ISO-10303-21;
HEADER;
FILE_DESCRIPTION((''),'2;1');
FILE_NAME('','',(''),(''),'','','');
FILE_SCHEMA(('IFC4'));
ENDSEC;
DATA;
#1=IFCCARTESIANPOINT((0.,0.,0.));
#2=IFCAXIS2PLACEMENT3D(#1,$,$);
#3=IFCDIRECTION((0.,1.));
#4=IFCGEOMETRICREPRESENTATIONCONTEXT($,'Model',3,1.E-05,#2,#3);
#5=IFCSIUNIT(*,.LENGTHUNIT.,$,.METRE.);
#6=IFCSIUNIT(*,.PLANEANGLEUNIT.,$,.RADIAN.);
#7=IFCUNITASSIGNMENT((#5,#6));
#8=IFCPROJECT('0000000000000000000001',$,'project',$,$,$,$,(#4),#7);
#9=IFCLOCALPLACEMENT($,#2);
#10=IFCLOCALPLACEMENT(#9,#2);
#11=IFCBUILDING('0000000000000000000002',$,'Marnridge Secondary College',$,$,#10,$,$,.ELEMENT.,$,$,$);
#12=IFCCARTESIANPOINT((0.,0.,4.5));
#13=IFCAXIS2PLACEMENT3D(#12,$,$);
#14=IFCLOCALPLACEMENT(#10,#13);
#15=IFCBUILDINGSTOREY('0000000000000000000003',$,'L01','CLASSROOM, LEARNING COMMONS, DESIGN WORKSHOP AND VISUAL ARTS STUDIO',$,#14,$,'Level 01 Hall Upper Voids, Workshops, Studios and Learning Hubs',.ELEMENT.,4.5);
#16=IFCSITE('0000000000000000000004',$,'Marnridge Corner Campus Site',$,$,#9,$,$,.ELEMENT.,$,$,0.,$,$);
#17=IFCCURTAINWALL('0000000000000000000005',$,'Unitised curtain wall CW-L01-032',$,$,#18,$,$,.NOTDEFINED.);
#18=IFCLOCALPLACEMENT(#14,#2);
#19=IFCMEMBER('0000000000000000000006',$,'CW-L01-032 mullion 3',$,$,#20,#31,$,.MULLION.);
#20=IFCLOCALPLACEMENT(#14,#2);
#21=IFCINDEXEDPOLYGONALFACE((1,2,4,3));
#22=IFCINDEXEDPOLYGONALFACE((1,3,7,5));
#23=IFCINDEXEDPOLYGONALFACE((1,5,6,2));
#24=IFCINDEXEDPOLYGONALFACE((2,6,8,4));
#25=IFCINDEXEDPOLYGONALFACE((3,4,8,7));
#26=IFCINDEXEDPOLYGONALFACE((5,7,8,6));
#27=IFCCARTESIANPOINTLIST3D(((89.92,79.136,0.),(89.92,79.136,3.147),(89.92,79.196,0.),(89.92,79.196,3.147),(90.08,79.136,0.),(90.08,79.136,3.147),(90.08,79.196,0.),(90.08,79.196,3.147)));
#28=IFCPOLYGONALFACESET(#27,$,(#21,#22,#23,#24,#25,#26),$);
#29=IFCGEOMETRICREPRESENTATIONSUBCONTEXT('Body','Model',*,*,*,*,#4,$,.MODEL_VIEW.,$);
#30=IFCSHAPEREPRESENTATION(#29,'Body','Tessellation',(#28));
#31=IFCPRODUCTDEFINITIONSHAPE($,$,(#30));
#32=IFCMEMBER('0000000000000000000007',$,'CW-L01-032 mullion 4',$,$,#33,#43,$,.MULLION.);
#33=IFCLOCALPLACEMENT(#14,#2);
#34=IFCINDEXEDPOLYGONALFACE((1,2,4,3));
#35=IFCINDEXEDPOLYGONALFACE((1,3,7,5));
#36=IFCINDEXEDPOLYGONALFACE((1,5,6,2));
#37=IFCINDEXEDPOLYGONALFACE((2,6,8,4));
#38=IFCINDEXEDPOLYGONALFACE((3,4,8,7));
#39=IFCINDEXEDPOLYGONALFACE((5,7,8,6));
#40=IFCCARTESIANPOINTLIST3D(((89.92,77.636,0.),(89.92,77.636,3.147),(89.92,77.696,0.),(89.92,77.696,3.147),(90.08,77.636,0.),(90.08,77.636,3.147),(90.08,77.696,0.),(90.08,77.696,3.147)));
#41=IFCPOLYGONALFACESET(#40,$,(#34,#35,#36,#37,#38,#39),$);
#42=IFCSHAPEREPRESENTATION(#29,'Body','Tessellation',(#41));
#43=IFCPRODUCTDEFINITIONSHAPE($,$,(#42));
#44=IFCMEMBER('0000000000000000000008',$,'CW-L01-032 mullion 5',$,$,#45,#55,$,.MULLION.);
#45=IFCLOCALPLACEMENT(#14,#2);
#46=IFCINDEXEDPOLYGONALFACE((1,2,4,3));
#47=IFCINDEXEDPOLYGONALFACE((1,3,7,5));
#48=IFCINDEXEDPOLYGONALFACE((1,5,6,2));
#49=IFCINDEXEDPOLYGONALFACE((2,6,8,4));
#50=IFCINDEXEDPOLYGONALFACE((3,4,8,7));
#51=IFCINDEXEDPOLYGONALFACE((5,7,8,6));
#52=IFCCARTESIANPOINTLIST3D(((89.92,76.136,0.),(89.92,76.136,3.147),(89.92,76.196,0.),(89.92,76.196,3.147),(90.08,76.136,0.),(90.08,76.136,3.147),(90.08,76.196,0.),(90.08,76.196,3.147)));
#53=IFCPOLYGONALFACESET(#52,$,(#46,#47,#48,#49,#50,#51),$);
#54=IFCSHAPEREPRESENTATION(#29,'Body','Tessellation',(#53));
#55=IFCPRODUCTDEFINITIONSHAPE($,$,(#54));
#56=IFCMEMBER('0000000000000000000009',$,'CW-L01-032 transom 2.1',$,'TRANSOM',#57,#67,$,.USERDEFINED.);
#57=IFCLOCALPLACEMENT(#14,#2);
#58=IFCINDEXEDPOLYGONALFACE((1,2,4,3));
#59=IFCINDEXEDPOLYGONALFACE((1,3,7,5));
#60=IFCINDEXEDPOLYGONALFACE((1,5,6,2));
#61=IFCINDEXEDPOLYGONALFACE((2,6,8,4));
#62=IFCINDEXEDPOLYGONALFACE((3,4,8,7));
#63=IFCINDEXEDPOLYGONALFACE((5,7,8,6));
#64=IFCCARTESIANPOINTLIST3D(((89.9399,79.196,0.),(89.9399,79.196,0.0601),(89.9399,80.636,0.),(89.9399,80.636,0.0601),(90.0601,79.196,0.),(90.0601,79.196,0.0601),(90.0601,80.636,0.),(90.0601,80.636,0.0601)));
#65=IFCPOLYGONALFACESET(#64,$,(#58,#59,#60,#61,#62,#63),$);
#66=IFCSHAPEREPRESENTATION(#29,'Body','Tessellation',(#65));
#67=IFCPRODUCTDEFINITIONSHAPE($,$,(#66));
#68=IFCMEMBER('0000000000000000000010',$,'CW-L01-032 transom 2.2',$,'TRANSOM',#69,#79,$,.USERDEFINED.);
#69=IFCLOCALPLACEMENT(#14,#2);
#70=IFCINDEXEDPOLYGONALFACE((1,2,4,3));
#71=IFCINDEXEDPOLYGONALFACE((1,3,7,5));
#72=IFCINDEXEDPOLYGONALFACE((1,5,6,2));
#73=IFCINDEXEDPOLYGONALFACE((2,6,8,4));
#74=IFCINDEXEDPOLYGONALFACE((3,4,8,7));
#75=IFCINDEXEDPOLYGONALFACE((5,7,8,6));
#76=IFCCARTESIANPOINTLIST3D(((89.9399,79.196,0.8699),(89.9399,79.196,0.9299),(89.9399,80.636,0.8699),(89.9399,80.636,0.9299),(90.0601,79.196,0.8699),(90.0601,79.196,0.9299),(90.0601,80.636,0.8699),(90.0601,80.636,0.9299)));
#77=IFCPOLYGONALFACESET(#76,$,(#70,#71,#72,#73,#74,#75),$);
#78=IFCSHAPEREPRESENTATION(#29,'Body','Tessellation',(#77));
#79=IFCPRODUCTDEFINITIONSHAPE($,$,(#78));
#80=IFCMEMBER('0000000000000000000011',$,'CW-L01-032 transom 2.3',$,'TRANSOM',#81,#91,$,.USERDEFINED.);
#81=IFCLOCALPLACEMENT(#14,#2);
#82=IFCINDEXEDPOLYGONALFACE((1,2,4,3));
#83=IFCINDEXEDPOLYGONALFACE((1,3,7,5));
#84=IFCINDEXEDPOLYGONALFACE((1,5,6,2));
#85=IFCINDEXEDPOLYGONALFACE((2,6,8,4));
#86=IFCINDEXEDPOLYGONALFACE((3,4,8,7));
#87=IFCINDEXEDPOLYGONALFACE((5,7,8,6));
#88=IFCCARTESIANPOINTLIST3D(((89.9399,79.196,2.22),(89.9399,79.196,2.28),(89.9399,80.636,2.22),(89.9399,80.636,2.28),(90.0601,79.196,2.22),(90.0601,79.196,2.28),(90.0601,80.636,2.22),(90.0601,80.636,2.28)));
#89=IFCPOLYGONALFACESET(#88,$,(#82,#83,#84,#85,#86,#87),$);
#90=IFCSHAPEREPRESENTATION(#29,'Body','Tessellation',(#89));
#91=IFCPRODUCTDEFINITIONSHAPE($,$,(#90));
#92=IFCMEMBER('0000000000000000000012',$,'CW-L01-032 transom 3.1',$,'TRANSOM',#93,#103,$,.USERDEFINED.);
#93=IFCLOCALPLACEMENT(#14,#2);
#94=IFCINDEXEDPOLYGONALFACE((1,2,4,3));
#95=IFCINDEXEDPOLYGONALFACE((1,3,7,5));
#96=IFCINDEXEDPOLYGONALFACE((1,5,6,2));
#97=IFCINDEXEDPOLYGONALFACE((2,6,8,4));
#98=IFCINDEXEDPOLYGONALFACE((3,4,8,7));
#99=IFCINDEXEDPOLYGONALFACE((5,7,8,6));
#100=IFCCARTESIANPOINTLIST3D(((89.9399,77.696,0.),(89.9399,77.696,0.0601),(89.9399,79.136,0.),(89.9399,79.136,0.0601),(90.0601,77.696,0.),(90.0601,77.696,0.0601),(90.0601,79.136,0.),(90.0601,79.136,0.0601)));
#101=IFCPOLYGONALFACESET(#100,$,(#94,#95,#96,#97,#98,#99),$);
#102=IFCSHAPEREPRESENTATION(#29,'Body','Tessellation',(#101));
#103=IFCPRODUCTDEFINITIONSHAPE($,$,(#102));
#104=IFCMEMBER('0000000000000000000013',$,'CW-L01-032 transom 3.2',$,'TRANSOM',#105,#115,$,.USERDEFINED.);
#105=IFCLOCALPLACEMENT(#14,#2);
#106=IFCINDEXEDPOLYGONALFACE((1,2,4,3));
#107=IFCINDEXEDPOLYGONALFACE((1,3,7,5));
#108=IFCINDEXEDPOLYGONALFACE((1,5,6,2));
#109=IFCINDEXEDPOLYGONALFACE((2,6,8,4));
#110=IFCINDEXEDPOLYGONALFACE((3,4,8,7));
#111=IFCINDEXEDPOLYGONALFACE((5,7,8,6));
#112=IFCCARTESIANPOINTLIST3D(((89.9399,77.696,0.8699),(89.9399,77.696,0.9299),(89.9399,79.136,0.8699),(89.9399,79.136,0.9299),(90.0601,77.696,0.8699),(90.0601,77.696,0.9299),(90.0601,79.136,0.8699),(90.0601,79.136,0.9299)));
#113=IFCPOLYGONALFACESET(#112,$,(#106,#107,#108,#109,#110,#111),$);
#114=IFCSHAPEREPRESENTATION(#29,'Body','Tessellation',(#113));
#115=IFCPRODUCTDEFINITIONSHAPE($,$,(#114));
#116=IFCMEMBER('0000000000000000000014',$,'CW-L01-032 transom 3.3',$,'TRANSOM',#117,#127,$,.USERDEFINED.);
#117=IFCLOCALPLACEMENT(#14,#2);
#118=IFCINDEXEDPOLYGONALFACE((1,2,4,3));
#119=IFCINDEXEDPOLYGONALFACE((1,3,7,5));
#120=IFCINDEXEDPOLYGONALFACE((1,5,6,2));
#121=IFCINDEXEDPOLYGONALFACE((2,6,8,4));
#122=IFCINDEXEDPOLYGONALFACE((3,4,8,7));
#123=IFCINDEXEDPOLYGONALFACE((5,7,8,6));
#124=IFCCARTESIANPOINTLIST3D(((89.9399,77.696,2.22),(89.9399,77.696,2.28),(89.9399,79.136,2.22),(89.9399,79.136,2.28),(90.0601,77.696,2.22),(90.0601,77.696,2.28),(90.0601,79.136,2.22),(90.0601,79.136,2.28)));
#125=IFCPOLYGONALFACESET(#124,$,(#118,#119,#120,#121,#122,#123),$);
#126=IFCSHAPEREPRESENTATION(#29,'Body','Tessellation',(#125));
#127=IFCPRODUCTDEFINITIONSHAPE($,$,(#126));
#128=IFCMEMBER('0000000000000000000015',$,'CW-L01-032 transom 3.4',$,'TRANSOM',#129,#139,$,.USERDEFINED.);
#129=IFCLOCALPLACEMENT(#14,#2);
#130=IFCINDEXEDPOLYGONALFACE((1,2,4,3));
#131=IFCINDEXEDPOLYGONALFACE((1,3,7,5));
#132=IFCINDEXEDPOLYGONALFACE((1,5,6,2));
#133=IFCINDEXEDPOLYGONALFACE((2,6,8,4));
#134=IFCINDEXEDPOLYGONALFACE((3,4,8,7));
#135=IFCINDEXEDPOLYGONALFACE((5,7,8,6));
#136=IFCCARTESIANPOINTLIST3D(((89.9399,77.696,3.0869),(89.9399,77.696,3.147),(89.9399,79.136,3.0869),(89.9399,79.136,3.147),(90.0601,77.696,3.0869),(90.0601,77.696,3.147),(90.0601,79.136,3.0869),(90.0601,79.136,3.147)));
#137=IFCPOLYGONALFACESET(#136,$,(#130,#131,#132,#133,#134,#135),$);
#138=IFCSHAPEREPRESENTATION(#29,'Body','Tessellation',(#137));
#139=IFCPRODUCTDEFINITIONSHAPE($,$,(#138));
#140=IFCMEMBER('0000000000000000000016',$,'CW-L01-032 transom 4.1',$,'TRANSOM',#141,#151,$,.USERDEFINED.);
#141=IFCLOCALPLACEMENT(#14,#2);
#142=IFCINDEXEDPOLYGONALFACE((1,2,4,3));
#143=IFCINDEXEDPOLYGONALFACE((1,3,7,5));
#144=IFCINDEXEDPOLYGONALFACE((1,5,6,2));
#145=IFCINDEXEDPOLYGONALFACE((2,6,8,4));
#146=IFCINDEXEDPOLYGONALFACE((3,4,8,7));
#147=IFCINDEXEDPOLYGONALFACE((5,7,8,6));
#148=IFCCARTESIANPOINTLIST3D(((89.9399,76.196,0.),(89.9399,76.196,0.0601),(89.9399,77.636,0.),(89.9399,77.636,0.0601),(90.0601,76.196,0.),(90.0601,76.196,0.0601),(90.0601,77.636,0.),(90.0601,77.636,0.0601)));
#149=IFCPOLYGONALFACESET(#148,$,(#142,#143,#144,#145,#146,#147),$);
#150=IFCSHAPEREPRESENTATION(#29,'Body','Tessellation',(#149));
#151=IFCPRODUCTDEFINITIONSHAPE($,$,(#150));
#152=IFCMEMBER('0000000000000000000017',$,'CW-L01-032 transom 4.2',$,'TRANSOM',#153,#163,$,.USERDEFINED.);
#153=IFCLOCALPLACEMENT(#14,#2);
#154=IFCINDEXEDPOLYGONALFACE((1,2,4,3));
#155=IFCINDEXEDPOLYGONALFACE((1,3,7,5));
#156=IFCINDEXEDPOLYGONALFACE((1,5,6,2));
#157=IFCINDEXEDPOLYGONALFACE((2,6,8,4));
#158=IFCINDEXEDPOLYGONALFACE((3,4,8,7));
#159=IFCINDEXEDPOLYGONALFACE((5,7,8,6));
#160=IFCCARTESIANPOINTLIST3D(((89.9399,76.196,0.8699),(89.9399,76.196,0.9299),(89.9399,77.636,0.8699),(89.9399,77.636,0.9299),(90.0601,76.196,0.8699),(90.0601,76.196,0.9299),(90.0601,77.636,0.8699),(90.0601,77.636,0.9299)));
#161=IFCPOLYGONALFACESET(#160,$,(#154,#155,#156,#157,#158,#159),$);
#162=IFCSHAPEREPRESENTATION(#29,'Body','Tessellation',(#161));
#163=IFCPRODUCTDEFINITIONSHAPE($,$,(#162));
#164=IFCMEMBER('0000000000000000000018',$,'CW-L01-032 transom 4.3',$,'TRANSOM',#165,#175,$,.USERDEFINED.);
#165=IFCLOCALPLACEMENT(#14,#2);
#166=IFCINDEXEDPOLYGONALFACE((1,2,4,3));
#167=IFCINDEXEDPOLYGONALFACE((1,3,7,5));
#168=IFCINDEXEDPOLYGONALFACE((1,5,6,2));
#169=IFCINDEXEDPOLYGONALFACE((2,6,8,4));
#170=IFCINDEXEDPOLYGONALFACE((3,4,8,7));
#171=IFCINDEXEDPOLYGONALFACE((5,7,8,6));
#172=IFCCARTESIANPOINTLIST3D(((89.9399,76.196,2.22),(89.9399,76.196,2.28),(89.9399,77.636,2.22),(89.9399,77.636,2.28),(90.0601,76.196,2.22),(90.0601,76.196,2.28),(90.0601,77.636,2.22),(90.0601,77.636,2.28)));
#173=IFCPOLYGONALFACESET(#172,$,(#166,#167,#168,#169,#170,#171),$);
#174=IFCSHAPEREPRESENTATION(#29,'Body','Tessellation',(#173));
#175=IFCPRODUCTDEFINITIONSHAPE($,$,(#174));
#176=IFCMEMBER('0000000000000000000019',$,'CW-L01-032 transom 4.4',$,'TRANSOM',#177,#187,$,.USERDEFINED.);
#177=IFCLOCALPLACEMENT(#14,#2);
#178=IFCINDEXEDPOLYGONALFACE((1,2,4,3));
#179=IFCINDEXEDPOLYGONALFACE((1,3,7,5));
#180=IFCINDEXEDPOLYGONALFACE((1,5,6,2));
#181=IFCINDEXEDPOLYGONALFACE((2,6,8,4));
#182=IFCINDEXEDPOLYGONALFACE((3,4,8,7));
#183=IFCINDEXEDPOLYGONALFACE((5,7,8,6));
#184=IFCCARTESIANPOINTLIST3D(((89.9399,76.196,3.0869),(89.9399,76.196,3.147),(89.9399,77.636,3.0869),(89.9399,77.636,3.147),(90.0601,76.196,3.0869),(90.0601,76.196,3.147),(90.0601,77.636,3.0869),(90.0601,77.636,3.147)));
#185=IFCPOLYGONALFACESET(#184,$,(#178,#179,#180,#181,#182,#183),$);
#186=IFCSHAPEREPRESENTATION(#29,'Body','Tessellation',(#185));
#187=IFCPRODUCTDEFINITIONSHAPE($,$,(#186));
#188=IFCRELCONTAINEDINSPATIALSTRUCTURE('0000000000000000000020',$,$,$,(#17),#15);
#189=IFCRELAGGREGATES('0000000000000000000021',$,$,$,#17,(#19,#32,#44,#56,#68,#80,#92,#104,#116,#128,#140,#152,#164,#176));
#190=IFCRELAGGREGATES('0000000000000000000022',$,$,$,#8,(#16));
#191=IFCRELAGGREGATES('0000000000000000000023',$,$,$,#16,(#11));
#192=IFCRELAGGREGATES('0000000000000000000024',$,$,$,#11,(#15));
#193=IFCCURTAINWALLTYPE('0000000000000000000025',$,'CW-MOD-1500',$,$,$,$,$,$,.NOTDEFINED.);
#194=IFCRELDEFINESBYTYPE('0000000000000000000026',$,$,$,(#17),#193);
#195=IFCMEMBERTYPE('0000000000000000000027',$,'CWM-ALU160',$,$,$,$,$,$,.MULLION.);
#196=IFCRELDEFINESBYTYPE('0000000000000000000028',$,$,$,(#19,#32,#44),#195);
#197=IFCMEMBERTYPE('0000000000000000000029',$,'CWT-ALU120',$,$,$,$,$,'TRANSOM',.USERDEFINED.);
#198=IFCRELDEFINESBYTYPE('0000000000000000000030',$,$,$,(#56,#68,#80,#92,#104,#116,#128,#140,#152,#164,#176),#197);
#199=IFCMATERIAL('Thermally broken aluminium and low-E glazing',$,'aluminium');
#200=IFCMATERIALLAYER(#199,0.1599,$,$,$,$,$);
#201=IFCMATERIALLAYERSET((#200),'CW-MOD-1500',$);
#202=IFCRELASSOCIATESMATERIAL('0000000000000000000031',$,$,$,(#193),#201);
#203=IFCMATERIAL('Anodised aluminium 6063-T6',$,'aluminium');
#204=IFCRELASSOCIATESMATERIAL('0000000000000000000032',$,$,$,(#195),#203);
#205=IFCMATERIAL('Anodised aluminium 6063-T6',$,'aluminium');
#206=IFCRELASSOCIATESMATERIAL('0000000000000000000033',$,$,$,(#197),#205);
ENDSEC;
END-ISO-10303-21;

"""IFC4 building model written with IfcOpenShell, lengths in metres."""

from ifc_helpers import new_model, si_unit, direction, frame, origin, origin_2d, place, context, subcontext, project, spatial, rectangle, extrude, material, layer, layer_set, material_profile, profile_set, type_object, element, aggregate, save


model = new_model("IFC4")

# Units and contexts
model_context = context("Model", 3, precision=1e-05, world=origin(), true_north=direction((0.0, 1.0)))
body_context = subcontext(model_context, "Body", "Model", "MODEL_VIEW")
ifc_project = project(units=[si_unit("LENGTHUNIT", "METRE"), si_unit("PLANEANGLEUNIT", "RADIAN")], contexts=[model_context])

# Site, building, storey
site_placement = place(None, origin())
site = spatial("IfcSite", under=ifc_project, at=site_placement, Name="Marnridge Corner Campus Site", CompositionType="ELEMENT", RefElevation=0.0)
building_placement = place(site_placement, origin())
building = spatial("IfcBuilding", under=site, at=building_placement, Name="Marnridge Secondary College", CompositionType="ELEMENT")
storey_placement = place(building_placement, frame((0.0, 0.0, 4.5)))
storey = spatial("IfcBuildingStorey", under=building, at=storey_placement, Name="L01", Description="CLASSROOM, LEARNING COMMONS, DESIGN WORKSHOP AND VISUAL ARTS STUDIO", LongName="Level 01 Hall Upper Voids, Workshops, Studios and Learning Hubs", CompositionType="ELEMENT", Elevation=4.5)

# Curtain wall, members
ifc_material_1 = material(Name="Thermally broken aluminium and low-E glazing", Category="aluminium")
ifc_layer_1 = layer(ifc_material_1, 0.1599)
ifc_layer_set_1 = layer_set([ifc_layer_1], Name="CW-MOD-1500")
curtain_wall_type = type_object("IfcCurtainWallType", Name="CW-MOD-1500", PredefinedType="NOTDEFINED", material=ifc_layer_set_1)
curtain_wall_placement = place(storey_placement, origin())
curtain_wall = element("IfcCurtainWall", 1, at=curtain_wall_placement, inside=storey, type_object=curtain_wall_type, Name="Unitised curtain wall CW-L01-032", PredefinedType="NOTDEFINED")
ifc_material_2 = material(Name="Anodised aluminium 6063-T6", Category="aluminium")
ifc_material_profile_1 = material_profile(ifc_material_2, rectangle(XDim=0.0601, YDim=0.1599, at=origin_2d()), Name="ALU 60x160")
ifc_profile_set_1 = profile_set([ifc_material_profile_1], Name="Anodised aluminium 6063-T6")
member_type_1 = type_object("IfcMemberType", Name="CWM-ALU160", PredefinedType="MULLION", material=ifc_profile_set_1)
member_1_placement = place(storey_placement, frame((90.0, 79.166, 0.0), z_axis=(0.0, 0.0, 1.0), x_axis=(0.0, -1.0, 0.0)))
member_1 = element("IfcMember", 2, at=member_1_placement, type_object=member_type_1, Name="CW-L01-032 mullion 3", PredefinedType="MULLION", context=body_context, shape_type="SweptSolid", body=[
    extrude(rectangle(XDim=0.0601, YDim=0.1599, at=origin_2d()), origin(), (0.0, 0.0, 1.0), 3.147),
])
member_2_placement = place(storey_placement, frame((90.0, 77.666, 0.0), z_axis=(0.0, 0.0, 1.0), x_axis=(0.0, -1.0, 0.0)))
member_2 = element("IfcMember", 3, at=member_2_placement, type_object=member_type_1, Name="CW-L01-032 mullion 4", PredefinedType="MULLION", context=body_context, shape_type="SweptSolid", body=[
    extrude(rectangle(XDim=0.0601, YDim=0.1599, at=origin_2d()), origin(), (0.0, 0.0, 1.0), 3.147),
])
member_3_placement = place(storey_placement, frame((90.0, 76.166, 0.0), z_axis=(0.0, 0.0, 1.0), x_axis=(0.0, -1.0, 0.0)))
member_3 = element("IfcMember", 4, at=member_3_placement, type_object=member_type_1, Name="CW-L01-032 mullion 5", PredefinedType="MULLION", context=body_context, shape_type="SweptSolid", body=[
    extrude(rectangle(XDim=0.0601, YDim=0.1599, at=origin_2d()), origin(), (0.0, 0.0, 1.0), 3.147),
])
ifc_material_3 = material(Name="Anodised aluminium 6063-T6", Category="aluminium")
ifc_material_profile_2 = material_profile(ifc_material_3, rectangle(XDim=0.0601, YDim=0.1201, at=origin_2d()), Name="ALU 60x120")
ifc_profile_set_2 = profile_set([ifc_material_profile_2], Name="Anodised aluminium 6063-T6")
member_type_2 = type_object("IfcMemberType", Name="CWT-ALU120", ElementType="TRANSOM", PredefinedType="USERDEFINED", material=ifc_profile_set_2)
member_4_placement = place(storey_placement, frame((90.0, 80.636, 0.03), z_axis=(0.0, -1.0, 0.0), x_axis=(0.0, 0.0, 1.0)))
member_4 = element("IfcMember", 5, at=member_4_placement, type_object=member_type_2, Name="CW-L01-032 transom 2.1", ObjectType="TRANSOM", PredefinedType="USERDEFINED", context=body_context, shape_type="SweptSolid", body=[
    extrude(rectangle(XDim=0.0601, YDim=0.1201, at=origin_2d()), origin(), (0.0, 0.0, 1.0), 1.4399),
])
member_5_placement = place(storey_placement, frame((90.0, 80.636, 0.8999), z_axis=(0.0, -1.0, 0.0), x_axis=(0.0, 0.0, 1.0)))
member_5 = element("IfcMember", 6, at=member_5_placement, type_object=member_type_2, Name="CW-L01-032 transom 2.2", ObjectType="TRANSOM", PredefinedType="USERDEFINED", context=body_context, shape_type="SweptSolid", body=[
    extrude(rectangle(XDim=0.0601, YDim=0.1201, at=origin_2d()), origin(), (0.0, 0.0, 1.0), 1.4399),
])
member_6_placement = place(storey_placement, frame((90.0, 80.636, 2.25), z_axis=(0.0, -1.0, 0.0), x_axis=(0.0, 0.0, 1.0)))
member_6 = element("IfcMember", 7, at=member_6_placement, type_object=member_type_2, Name="CW-L01-032 transom 2.3", ObjectType="TRANSOM", PredefinedType="USERDEFINED", context=body_context, shape_type="SweptSolid", body=[
    extrude(rectangle(XDim=0.0601, YDim=0.1201, at=origin_2d()), origin(), (0.0, 0.0, 1.0), 1.4399),
])
member_7_placement = place(storey_placement, frame((90.0, 79.136, 0.03), z_axis=(0.0, -1.0, 0.0), x_axis=(0.0, 0.0, 1.0)))
member_7 = element("IfcMember", 8, at=member_7_placement, type_object=member_type_2, Name="CW-L01-032 transom 3.1", ObjectType="TRANSOM", PredefinedType="USERDEFINED", context=body_context, shape_type="SweptSolid", body=[
    extrude(rectangle(XDim=0.0601, YDim=0.1201, at=origin_2d()), origin(), (0.0, 0.0, 1.0), 1.4399),
])
member_8_placement = place(storey_placement, frame((90.0, 79.136, 0.8999), z_axis=(0.0, -1.0, 0.0), x_axis=(0.0, 0.0, 1.0)))
member_8 = element("IfcMember", 9, at=member_8_placement, type_object=member_type_2, Name="CW-L01-032 transom 3.2", ObjectType="TRANSOM", PredefinedType="USERDEFINED", context=body_context, shape_type="SweptSolid", body=[
    extrude(rectangle(XDim=0.0601, YDim=0.1201, at=origin_2d()), origin(), (0.0, 0.0, 1.0), 1.4399),
])
member_9_placement = place(storey_placement, frame((90.0, 79.136, 2.25), z_axis=(0.0, -1.0, 0.0), x_axis=(0.0, 0.0, 1.0)))
member_9 = element("IfcMember", 10, at=member_9_placement, type_object=member_type_2, Name="CW-L01-032 transom 3.3", ObjectType="TRANSOM", PredefinedType="USERDEFINED", context=body_context, shape_type="SweptSolid", body=[
    extrude(rectangle(XDim=0.0601, YDim=0.1201, at=origin_2d()), origin(), (0.0, 0.0, 1.0), 1.4399),
])
member_10_placement = place(storey_placement, frame((90.0, 79.136, 3.1169), z_axis=(0.0, -1.0, 0.0), x_axis=(0.0, 0.0, 1.0)))
member_10 = element("IfcMember", 11, at=member_10_placement, type_object=member_type_2, Name="CW-L01-032 transom 3.4", ObjectType="TRANSOM", PredefinedType="USERDEFINED", context=body_context, shape_type="SweptSolid", body=[
    extrude(rectangle(XDim=0.0601, YDim=0.1201, at=origin_2d()), origin(), (0.0, 0.0, 1.0), 1.4399),
])
member_11_placement = place(storey_placement, frame((90.0, 77.636, 0.03), z_axis=(0.0, -1.0, 0.0), x_axis=(0.0, 0.0, 1.0)))
member_11 = element("IfcMember", 12, at=member_11_placement, type_object=member_type_2, Name="CW-L01-032 transom 4.1", ObjectType="TRANSOM", PredefinedType="USERDEFINED", context=body_context, shape_type="SweptSolid", body=[
    extrude(rectangle(XDim=0.0601, YDim=0.1201, at=origin_2d()), origin(), (0.0, 0.0, 1.0), 1.4399),
])
member_12_placement = place(storey_placement, frame((90.0, 77.636, 0.8999), z_axis=(0.0, -1.0, 0.0), x_axis=(0.0, 0.0, 1.0)))
member_12 = element("IfcMember", 13, at=member_12_placement, type_object=member_type_2, Name="CW-L01-032 transom 4.2", ObjectType="TRANSOM", PredefinedType="USERDEFINED", context=body_context, shape_type="SweptSolid", body=[
    extrude(rectangle(XDim=0.0601, YDim=0.1201, at=origin_2d()), origin(), (0.0, 0.0, 1.0), 1.4399),
])
member_13_placement = place(storey_placement, frame((90.0, 77.636, 2.25), z_axis=(0.0, -1.0, 0.0), x_axis=(0.0, 0.0, 1.0)))
member_13 = element("IfcMember", 14, at=member_13_placement, type_object=member_type_2, Name="CW-L01-032 transom 4.3", ObjectType="TRANSOM", PredefinedType="USERDEFINED", context=body_context, shape_type="SweptSolid", body=[
    extrude(rectangle(XDim=0.0601, YDim=0.1201, at=origin_2d()), origin(), (0.0, 0.0, 1.0), 1.4399),
])
member_14_placement = place(storey_placement, frame((90.0, 77.636, 3.1169), z_axis=(0.0, -1.0, 0.0), x_axis=(0.0, 0.0, 1.0)))
member_14 = element("IfcMember", 15, at=member_14_placement, type_object=member_type_2, Name="CW-L01-032 transom 4.4", ObjectType="TRANSOM", PredefinedType="USERDEFINED", context=body_context, shape_type="SweptSolid", body=[
    extrude(rectangle(XDim=0.0601, YDim=0.1201, at=origin_2d()), origin(), (0.0, 0.0, 1.0), 1.4399),
])
aggregate(curtain_wall, [member_1, member_2, member_3, member_4, member_5, member_6, member_7, member_8, member_9, member_10, member_11, member_12, member_13, member_14])

save(model, "model.ifc")
